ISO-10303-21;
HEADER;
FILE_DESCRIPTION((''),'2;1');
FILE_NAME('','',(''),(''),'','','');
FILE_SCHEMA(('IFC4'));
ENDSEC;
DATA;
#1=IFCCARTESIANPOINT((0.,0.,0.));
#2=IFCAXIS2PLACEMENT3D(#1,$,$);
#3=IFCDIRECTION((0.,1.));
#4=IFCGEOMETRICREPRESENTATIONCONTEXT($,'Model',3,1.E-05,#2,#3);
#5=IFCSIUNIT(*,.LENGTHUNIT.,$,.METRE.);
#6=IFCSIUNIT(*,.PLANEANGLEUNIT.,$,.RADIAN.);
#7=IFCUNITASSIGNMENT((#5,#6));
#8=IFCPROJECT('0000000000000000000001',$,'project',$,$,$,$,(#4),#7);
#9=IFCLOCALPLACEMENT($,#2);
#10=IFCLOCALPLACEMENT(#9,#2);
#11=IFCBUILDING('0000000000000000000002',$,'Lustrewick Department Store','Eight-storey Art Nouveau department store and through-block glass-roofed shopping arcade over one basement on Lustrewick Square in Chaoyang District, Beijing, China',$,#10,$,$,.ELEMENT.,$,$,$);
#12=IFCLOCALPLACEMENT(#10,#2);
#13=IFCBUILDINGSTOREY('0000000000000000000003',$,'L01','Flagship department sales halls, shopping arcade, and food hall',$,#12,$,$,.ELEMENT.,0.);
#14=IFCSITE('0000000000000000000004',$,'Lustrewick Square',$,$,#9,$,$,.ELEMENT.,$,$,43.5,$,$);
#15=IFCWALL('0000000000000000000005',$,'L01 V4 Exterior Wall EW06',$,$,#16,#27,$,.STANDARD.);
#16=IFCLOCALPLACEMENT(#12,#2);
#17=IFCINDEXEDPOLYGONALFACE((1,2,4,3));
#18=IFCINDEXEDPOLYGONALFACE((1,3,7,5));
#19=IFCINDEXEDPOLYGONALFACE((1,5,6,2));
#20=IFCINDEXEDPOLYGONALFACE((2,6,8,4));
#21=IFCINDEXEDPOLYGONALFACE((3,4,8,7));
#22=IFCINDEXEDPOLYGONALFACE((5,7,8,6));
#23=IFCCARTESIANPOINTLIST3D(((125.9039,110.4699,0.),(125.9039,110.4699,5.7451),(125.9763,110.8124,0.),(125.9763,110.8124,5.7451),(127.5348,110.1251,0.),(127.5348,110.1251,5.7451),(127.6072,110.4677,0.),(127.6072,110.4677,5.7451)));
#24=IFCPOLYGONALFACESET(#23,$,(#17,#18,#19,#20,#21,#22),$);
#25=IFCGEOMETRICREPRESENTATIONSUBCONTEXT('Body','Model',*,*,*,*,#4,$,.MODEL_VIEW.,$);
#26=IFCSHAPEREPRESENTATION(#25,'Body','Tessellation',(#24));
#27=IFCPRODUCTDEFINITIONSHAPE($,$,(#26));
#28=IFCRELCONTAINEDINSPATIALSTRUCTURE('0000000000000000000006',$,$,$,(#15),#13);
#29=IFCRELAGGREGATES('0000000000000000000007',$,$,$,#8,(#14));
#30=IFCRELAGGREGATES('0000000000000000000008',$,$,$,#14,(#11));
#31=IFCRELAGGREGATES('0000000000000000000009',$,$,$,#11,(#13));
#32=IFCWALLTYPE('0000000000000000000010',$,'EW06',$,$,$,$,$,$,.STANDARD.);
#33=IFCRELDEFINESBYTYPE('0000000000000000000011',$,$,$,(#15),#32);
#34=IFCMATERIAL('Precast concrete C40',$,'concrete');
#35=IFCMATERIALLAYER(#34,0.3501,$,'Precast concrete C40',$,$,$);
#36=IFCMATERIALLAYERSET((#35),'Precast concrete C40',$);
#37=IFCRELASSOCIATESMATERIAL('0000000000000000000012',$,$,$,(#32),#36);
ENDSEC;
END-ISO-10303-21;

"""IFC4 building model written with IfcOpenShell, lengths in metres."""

from ifc_helpers import new_model, si_unit, direction, frame, frame_2d, origin, place, context, subcontext, project, spatial, rectangle, extrude, material, layer, layer_set, type_object, element, save


model = new_model("IFC4")

# Units and contexts
model_context = context("Model", 3, precision=1e-05, world=origin(), true_north=direction((0.0, 1.0)))
body_context = subcontext(model_context, "Body", "Model", "MODEL_VIEW")
ifc_project = project(units=[si_unit("LENGTHUNIT", "METRE"), si_unit("PLANEANGLEUNIT", "RADIAN")], contexts=[model_context])

# Site, building, storey
site_placement = place(None, origin())
site = spatial("IfcSite", under=ifc_project, at=site_placement, Name="Lustrewick Square", CompositionType="ELEMENT", RefElevation=43.5)
building_placement = place(site_placement, origin())
building = spatial("IfcBuilding", under=site, at=building_placement, Name="Lustrewick Department Store", Description="Eight-storey Art Nouveau department store and through-block glass-roofed shopping arcade over one basement on Lustrewick Square in Chaoyang District, Beijing, China", CompositionType="ELEMENT")
storey_placement = place(building_placement, origin())
storey = spatial("IfcBuildingStorey", under=building, at=storey_placement, Name="L01", Description="Flagship department sales halls, shopping arcade, and food hall", CompositionType="ELEMENT", Elevation=0.0)

# Wall
ifc_material_1 = material(Name="Precast concrete C40", Category="concrete")
ifc_layer_1 = layer(ifc_material_1, 0.3501, Name="Precast concrete C40")
ifc_layer_set_1 = layer_set([ifc_layer_1], Name="Precast concrete C40")
wall_type = type_object("IfcWallType", Name="EW06", PredefinedType="STANDARD", material=ifc_layer_set_1)
wall_1_placement = place(storey_placement, frame((127.571, 110.2964, 0.0), z_axis=(0.0, 0.0, 1.0), x_axis=(-0.978382, 0.206808, 0.0)))
element("IfcWall", 1, at=wall_1_placement, inside=storey, type_object=wall_type, Name="L01 V4 Exterior Wall EW06", PredefinedType="STANDARD", context=body_context, shape_type="SweptSolid", body=[
    extrude(rectangle(XDim=1.667, YDim=0.3501, at=frame_2d((0.8335, 0.0))), origin(), (0.0, 0.0, 1.0), 5.7451),
])

save(model, "model.ifc")
